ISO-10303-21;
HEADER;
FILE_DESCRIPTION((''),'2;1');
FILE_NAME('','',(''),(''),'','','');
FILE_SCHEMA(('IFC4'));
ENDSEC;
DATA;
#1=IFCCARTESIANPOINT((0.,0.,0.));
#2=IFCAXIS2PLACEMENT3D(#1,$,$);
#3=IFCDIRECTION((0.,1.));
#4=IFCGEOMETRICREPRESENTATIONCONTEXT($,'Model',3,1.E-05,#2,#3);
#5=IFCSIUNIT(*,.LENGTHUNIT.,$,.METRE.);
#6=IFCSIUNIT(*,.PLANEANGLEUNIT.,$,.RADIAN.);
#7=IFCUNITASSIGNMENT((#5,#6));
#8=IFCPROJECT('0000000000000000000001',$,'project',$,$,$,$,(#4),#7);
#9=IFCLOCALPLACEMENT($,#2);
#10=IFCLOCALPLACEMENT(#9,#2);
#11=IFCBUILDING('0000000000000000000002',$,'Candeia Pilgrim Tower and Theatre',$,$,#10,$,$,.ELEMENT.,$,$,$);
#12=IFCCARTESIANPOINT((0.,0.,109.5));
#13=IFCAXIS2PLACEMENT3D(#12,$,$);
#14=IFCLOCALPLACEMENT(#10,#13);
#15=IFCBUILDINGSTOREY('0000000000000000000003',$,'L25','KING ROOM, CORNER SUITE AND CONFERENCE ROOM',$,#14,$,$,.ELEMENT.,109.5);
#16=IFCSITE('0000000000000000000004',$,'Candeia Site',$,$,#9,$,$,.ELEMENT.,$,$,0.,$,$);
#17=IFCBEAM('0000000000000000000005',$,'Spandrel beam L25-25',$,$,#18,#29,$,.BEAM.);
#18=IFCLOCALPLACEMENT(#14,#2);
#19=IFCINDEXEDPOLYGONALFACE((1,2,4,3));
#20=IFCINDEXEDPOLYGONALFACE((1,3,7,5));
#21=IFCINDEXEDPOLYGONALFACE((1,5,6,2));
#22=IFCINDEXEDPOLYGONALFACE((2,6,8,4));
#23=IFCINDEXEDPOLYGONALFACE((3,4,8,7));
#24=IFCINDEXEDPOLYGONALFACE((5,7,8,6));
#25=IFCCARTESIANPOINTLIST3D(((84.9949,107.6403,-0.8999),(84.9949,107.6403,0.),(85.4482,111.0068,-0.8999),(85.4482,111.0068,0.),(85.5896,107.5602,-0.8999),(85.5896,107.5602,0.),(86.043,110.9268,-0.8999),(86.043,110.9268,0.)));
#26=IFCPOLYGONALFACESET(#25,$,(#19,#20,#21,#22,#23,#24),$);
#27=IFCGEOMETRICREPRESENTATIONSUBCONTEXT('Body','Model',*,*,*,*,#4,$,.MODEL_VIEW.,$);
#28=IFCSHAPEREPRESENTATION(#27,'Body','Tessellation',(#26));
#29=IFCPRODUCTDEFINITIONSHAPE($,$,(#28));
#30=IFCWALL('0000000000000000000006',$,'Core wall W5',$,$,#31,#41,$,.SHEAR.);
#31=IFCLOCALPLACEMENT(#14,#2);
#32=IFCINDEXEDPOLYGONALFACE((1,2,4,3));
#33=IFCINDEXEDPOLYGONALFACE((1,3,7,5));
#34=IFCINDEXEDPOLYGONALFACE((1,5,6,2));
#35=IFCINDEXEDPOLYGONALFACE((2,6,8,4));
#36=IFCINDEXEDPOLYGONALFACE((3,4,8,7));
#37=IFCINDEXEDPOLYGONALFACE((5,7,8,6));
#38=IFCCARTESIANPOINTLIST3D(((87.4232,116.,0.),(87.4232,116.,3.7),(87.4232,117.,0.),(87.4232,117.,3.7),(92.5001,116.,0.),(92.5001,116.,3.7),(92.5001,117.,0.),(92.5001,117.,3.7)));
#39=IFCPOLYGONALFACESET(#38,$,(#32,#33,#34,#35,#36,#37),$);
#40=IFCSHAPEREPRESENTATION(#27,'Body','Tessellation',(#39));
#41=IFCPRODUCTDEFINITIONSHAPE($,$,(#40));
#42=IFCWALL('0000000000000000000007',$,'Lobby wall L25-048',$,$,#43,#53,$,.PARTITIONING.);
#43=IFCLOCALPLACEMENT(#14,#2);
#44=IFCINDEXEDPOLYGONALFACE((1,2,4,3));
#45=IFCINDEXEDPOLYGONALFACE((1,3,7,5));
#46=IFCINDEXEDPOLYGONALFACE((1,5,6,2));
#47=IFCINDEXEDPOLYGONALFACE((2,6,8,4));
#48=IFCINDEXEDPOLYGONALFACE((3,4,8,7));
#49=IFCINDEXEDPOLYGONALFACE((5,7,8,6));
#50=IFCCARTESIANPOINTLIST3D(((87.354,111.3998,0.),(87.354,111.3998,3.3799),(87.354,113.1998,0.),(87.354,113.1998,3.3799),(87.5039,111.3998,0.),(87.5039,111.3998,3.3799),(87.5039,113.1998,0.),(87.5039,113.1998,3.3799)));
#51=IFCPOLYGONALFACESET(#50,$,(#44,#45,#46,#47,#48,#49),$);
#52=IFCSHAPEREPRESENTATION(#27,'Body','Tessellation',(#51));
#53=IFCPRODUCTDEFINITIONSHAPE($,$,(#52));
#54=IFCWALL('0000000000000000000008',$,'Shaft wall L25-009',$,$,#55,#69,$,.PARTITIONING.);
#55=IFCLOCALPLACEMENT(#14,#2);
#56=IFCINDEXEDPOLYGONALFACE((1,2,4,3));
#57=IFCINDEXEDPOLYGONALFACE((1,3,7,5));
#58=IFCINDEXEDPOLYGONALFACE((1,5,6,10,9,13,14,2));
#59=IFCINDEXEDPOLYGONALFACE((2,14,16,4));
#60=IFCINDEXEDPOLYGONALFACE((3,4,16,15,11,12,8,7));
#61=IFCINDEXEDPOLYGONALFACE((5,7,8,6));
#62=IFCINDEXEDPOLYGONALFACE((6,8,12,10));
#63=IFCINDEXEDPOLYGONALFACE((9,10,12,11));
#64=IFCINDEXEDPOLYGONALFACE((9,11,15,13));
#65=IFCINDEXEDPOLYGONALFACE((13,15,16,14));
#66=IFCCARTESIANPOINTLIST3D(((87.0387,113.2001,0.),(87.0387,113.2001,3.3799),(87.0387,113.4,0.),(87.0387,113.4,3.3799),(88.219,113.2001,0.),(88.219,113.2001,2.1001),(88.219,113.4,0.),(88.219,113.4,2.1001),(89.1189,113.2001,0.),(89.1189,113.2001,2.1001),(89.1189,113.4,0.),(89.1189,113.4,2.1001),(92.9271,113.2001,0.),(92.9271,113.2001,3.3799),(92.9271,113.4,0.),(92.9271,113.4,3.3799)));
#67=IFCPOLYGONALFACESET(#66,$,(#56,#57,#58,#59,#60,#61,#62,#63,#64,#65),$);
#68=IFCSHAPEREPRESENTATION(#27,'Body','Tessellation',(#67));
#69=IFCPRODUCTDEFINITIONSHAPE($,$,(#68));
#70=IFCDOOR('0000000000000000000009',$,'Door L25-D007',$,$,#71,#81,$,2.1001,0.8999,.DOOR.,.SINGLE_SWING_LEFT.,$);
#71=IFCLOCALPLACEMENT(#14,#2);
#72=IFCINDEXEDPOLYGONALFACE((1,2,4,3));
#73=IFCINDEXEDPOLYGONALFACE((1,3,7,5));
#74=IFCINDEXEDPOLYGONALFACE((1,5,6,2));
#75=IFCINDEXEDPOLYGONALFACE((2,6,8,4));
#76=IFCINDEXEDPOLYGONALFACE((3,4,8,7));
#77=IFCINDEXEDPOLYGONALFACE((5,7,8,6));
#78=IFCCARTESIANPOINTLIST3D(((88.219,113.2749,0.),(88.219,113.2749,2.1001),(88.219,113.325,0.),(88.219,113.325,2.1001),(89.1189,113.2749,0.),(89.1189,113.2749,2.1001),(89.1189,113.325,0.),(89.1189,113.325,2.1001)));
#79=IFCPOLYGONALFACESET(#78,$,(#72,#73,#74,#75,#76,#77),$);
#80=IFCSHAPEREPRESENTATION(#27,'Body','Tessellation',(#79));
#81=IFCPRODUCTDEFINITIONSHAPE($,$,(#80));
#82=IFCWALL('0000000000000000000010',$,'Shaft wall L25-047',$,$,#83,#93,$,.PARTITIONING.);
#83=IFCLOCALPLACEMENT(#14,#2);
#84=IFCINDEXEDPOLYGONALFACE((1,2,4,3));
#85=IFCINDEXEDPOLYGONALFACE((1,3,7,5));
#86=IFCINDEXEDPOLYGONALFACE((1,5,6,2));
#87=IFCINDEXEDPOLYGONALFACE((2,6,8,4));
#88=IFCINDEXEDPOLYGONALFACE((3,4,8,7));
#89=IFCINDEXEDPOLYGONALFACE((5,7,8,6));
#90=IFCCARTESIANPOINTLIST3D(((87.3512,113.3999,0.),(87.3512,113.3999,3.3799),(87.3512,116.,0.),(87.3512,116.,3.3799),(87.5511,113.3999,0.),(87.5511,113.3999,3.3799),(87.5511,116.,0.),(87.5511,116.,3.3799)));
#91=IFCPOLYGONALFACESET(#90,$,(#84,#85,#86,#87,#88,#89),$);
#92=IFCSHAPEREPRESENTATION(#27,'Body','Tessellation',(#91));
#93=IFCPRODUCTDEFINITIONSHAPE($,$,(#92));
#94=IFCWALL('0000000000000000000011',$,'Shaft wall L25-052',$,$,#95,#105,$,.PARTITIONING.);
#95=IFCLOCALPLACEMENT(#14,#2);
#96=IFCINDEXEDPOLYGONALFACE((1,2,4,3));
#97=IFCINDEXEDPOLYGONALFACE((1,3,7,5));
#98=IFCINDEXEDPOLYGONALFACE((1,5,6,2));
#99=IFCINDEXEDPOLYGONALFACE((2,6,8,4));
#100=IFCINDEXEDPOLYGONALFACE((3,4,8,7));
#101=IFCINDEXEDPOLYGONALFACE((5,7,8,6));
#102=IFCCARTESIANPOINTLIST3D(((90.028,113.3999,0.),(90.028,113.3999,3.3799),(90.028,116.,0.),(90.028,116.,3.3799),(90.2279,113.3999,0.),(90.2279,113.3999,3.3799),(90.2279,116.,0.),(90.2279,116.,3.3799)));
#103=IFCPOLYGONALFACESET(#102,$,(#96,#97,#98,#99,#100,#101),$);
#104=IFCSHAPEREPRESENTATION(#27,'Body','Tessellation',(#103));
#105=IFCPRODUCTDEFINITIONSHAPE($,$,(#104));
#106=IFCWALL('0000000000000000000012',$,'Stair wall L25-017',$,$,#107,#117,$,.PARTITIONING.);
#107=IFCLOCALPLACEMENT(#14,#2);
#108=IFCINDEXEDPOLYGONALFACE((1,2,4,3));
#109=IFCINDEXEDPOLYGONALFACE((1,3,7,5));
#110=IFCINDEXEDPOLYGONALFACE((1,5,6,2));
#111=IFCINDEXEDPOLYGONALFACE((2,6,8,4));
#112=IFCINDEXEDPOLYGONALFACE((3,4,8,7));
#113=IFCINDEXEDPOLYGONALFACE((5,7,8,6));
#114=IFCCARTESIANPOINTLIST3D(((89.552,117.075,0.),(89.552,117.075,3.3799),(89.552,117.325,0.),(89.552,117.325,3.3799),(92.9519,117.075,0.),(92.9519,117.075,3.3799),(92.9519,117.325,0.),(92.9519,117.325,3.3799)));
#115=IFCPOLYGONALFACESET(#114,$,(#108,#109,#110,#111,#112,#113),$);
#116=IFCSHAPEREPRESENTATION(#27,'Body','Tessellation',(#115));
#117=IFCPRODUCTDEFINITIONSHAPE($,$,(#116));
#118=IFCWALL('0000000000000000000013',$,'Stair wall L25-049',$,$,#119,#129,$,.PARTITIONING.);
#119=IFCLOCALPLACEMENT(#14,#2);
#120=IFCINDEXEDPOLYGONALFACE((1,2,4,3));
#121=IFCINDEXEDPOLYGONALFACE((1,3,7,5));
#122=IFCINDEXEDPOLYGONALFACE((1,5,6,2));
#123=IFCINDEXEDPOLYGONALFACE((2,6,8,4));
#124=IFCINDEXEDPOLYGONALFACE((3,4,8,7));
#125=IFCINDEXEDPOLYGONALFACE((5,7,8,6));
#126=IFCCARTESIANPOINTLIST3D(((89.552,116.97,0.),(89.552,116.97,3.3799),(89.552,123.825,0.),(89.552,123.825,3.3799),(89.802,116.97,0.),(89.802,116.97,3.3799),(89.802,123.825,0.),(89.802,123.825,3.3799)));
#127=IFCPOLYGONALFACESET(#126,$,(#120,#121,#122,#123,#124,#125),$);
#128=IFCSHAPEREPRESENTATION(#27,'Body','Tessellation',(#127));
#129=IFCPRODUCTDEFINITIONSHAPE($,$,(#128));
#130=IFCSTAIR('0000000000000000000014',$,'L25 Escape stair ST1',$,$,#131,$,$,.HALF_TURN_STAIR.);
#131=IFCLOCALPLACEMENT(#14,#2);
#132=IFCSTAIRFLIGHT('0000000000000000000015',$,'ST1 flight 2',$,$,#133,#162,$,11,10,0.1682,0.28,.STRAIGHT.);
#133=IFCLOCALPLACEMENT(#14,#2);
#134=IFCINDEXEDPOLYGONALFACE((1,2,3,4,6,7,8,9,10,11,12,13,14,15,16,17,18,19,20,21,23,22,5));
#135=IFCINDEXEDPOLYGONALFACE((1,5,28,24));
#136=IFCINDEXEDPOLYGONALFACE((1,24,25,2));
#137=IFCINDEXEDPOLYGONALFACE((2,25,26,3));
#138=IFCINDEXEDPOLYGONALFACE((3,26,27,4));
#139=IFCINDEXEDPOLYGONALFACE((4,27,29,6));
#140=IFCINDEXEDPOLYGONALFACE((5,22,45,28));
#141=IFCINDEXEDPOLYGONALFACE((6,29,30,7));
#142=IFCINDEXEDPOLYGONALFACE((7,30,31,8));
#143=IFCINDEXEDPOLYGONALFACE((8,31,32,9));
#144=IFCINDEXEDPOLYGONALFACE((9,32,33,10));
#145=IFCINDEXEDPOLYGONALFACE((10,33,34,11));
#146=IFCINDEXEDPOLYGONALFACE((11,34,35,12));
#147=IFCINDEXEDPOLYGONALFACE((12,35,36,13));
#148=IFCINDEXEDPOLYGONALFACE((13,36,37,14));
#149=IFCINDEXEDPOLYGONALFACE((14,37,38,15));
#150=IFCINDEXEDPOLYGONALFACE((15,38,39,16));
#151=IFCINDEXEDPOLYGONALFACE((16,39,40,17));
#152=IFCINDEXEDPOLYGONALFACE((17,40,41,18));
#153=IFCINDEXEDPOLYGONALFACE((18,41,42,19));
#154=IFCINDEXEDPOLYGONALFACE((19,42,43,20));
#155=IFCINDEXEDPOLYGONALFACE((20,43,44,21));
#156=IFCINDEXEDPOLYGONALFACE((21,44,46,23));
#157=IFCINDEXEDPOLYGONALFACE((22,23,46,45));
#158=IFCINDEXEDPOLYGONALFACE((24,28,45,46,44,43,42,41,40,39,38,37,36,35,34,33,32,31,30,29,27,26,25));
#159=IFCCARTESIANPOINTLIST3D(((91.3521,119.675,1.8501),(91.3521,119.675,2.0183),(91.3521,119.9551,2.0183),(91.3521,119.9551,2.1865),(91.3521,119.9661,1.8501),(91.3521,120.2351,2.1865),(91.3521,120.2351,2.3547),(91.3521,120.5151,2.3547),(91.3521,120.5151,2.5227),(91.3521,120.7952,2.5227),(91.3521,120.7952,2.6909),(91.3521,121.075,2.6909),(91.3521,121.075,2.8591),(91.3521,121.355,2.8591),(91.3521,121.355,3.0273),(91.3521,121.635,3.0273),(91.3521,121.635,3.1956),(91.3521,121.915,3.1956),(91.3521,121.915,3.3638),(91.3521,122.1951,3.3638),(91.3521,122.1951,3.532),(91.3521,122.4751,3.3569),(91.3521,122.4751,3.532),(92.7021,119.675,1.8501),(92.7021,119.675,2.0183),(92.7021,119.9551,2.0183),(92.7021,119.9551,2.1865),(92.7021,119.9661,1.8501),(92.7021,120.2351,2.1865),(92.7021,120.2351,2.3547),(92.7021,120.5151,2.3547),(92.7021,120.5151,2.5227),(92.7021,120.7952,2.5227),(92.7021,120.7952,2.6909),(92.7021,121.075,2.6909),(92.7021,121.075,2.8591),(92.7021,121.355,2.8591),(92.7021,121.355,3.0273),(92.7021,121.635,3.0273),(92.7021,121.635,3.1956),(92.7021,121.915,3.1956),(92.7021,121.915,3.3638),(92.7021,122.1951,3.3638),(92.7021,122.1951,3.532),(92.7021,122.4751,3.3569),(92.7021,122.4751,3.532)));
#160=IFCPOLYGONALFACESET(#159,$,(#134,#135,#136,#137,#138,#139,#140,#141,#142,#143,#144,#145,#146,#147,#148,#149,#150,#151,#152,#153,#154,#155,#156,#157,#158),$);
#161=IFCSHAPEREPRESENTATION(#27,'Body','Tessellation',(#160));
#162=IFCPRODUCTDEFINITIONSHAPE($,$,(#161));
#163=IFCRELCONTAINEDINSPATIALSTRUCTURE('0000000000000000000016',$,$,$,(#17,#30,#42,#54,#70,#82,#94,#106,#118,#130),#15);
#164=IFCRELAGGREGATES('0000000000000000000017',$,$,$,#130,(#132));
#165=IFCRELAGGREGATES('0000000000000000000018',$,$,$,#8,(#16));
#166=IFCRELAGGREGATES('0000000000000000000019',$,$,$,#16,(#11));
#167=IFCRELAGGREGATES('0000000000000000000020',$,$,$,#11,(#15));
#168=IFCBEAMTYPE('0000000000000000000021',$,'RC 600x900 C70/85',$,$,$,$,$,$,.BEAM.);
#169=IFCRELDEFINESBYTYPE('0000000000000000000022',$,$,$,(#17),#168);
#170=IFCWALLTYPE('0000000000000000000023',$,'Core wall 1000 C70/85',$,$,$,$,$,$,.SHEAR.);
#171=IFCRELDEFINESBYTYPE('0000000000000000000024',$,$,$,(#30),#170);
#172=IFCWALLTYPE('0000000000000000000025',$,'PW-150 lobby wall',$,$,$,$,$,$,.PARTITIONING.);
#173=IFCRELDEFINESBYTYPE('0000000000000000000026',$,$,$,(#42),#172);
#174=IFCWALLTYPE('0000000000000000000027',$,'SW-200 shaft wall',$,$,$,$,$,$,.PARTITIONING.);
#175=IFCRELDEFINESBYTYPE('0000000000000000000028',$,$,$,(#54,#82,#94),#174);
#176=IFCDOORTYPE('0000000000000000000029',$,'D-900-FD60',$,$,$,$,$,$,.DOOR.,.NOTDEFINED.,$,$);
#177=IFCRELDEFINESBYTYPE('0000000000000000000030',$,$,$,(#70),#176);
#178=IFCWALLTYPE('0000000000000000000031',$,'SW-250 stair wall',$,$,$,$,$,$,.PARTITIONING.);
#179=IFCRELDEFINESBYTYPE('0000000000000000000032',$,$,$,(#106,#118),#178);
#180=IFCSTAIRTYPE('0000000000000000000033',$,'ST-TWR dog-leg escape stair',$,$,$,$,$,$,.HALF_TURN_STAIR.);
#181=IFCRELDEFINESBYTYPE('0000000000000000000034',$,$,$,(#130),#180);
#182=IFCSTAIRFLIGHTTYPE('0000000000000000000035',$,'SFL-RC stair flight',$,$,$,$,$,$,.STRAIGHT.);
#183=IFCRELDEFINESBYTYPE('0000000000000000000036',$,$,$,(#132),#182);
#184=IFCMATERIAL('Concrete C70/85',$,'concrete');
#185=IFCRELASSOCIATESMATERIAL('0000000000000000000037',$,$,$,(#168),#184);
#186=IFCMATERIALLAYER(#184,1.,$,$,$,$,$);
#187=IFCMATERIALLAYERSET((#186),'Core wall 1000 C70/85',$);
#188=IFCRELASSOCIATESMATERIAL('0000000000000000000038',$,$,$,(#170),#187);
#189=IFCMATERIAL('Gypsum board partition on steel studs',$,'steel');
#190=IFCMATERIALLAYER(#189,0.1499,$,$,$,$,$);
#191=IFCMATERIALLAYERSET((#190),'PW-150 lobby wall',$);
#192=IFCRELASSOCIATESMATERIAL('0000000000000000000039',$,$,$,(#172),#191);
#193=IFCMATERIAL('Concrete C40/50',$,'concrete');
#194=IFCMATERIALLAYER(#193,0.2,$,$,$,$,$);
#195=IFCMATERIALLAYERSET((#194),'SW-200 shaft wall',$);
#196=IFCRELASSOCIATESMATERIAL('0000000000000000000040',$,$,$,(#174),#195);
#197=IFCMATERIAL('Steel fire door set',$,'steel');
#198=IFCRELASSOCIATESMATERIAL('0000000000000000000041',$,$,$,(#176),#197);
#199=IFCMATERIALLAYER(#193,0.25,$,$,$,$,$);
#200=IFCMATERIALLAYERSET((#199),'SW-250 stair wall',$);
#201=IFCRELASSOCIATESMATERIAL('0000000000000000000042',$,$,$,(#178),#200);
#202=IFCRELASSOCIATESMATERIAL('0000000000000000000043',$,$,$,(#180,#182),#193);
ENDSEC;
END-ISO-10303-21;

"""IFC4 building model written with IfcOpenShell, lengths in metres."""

from ifc_helpers import new_model, si_unit, direction, frame, frame_2d, origin, origin_2d, place, context, subcontext, project, spatial, polyline, rectangle, outline, extrude, material, layer, layer_set, material_profile, profile_set, type_object, element, fill, aggregate, save


model = new_model("IFC4")

# Units and contexts
model_context = context("Model", 3, precision=1e-05, world=origin(), true_north=direction((0.0, 1.0)))
body_context = subcontext(model_context, "Body", "Model", "MODEL_VIEW")
ifc_project = project(units=[si_unit("LENGTHUNIT", "METRE"), si_unit("PLANEANGLEUNIT", "RADIAN")], contexts=[model_context])

# Site, building, storey
site_placement = place(None, origin())
site = spatial("IfcSite", under=ifc_project, at=site_placement, Name="Candeia Site", CompositionType="ELEMENT", RefElevation=0.0)
building_placement = place(site_placement, origin())
building = spatial("IfcBuilding", under=site, at=building_placement, Name="Candeia Pilgrim Tower and Theatre", CompositionType="ELEMENT")
storey_placement = place(building_placement, frame((0.0, 0.0, 109.5)))
storey = spatial("IfcBuildingStorey", under=building, at=storey_placement, Name="L25", Description="KING ROOM, CORNER SUITE AND CONFERENCE ROOM", CompositionType="ELEMENT", Elevation=109.5)

# Beam
ifc_material_1 = material(Name="Concrete C70/85", Category="concrete")
ifc_material_profile = material_profile(ifc_material_1, rectangle(XDim=0.6001, YDim=0.8999, at=origin_2d()))
ifc_profile_set = profile_set([ifc_material_profile], Name="Concrete C70/85")
beam_type = type_object("IfcBeamType", Name="RC 600x900 C70/85", PredefinedType="BEAM", material=ifc_profile_set)
beam_placement = place(storey_placement, frame((85.7456, 110.9668, -0.45), z_axis=(-0.133458, -0.991054, 0.0), x_axis=(0.991054, -0.133458, 0.0)))
element("IfcBeam", 1, at=beam_placement, inside=storey, type_object=beam_type, Name="Spandrel beam L25-25", PredefinedType="BEAM", context=body_context, shape_type="SweptSolid", body=[
    extrude(rectangle(XDim=0.6001, YDim=0.8999, at=origin_2d()), origin(), (0.0, 0.0, 1.0), 3.397),
])

# Walls
ifc_layer_1 = layer(ifc_material_1, 1.0)
ifc_layer_set_1 = layer_set([ifc_layer_1], Name="Core wall 1000 C70/85")
wall_type_1 = type_object("IfcWallType", Name="Core wall 1000 C70/85", PredefinedType="SHEAR", material=ifc_layer_set_1)
wall_1_placement = place(storey_placement, frame((87.4231, 116.5, 0.0), z_axis=(0.0, 0.0, 1.0), x_axis=(1.0, 0.0, 0.0)))
element("IfcWall", 2, at=wall_1_placement, inside=storey, type_object=wall_type_1, Name="Core wall W5", PredefinedType="SHEAR", context=body_context, shape_type="SweptSolid", body=[
    extrude(rectangle(XDim=5.0769, YDim=1.0, at=frame_2d((2.5386, 0.0))), origin(), (0.0, 0.0, 1.0), 3.7),
])
ifc_material_2 = material(Name="Gypsum board partition on steel studs", Category="steel")
ifc_layer_2 = layer(ifc_material_2, 0.1499)
ifc_layer_set_2 = layer_set([ifc_layer_2], Name="PW-150 lobby wall")
wall_type_2 = type_object("IfcWallType", Name="PW-150 lobby wall", PredefinedType="PARTITIONING", material=ifc_layer_set_2)
wall_2_placement = place(storey_placement, frame((87.429, 111.3999, 0.0), z_axis=(0.0, 0.0, 1.0), x_axis=(0.0, 1.0, 0.0)))
element("IfcWall", 3, at=wall_2_placement, inside=storey, type_object=wall_type_2, Name="Lobby wall L25-048", PredefinedType="PARTITIONING", context=body_context, shape_type="SweptSolid", body=[
    extrude(rectangle(XDim=1.8, YDim=0.1499, at=frame_2d((0.8999, 0.0))), origin(), (0.0, 0.0, 1.0), 3.3799),
])

# Wall, opening, door
ifc_material_3 = material(Name="Concrete C40/50", Category="concrete")
ifc_layer_3 = layer(ifc_material_3, 0.2)
ifc_layer_set_3 = layer_set([ifc_layer_3], Name="SW-200 shaft wall")
wall_type_3 = type_object("IfcWallType", Name="SW-200 shaft wall", PredefinedType="PARTITIONING", material=ifc_layer_set_3)
wall_3_placement = place(storey_placement, frame((87.0386, 113.3, 0.0), z_axis=(0.0, 0.0, 1.0), x_axis=(1.0, 0.0, 0.0)))
wall_3 = element("IfcWall", 4, at=wall_3_placement, inside=storey, type_object=wall_type_3, Name="Shaft wall L25-009", PredefinedType="PARTITIONING", context=body_context, shape_type="SweptSolid", body=[
    extrude(rectangle(XDim=5.8884, YDim=0.2, at=frame_2d((2.9443, 0.0))), origin(), (0.0, 0.0, 1.0), 3.3799),
])
opening_placement = place(wall_3_placement, frame((1.1804, 0.0, 0.0)))
opening = element("IfcOpeningElement", 5, at=opening_placement, cuts=wall_3, PredefinedType="OPENING", context=body_context, shape_type="SweptSolid", body=[
    extrude(rectangle(XDim=0.8999, YDim=2.1001, at=frame_2d((0.45, 1.05))), frame((0.0, 0.1099, 0.0), z_axis=(0.0, -1.0, 0.0), x_axis=(1.0, 0.0, 0.0)), (0.0, 0.0, 1.0), 0.22),
])
ifc_material_4 = material(Name="Steel fire door set", Category="steel")
door_type = type_object("IfcDoorType", Name="D-900-FD60", OperationType="NOTDEFINED", PredefinedType="DOOR", material=ifc_material_4)
door_placement = place(opening_placement, origin())
door = element("IfcDoor", 6, at=door_placement, inside=storey, type_object=door_type, Name="Door L25-D007", OperationType="SINGLE_SWING_LEFT", OverallHeight=2.1001, OverallWidth=0.8999, PredefinedType="DOOR", context=body_context, shape_type="SweptSolid", body=[
    extrude(rectangle(XDim=0.8999, YDim=2.1001, at=frame_2d((0.45, 1.05))), frame((0.0, 0.0249, 0.0), z_axis=(0.0, -1.0, 0.0), x_axis=(1.0, 0.0, 0.0)), (0.0, 0.0, 1.0), 0.05),
])
fill(opening, door)

# Walls
for number, where, z_axis, x_axis, name in (
    (7, (87.4512, 113.3999, 0.0), (0.0, 0.0, 1.0), (0.0, 1.0, 0.0), "Shaft wall L25-047"),
    (8, (90.1279, 113.3999, 0.0), (0.0, 0.0, 1.0), (0.0, 1.0, 0.0), "Shaft wall L25-052"),
):
    element("IfcWall", number, at=place(storey_placement, frame(where, z_axis=z_axis, x_axis=x_axis)), inside=storey, type_object=wall_type_3, Name=name, PredefinedType="PARTITIONING", context=body_context, shape_type="SweptSolid", body=[
        extrude(rectangle(XDim=2.6001, YDim=0.2, at=frame_2d((1.3, 0.0))), origin(), (0.0, 0.0, 1.0), 3.3799),
    ])
ifc_layer_4 = layer(ifc_material_3, 0.25)
ifc_layer_set_4 = layer_set([ifc_layer_4], Name="SW-250 stair wall")
wall_type_4 = type_object("IfcWallType", Name="SW-250 stair wall", PredefinedType="PARTITIONING", material=ifc_layer_set_4)
wall_4_placement = place(storey_placement, frame((89.552, 117.2, 0.0), z_axis=(0.0, 0.0, 1.0), x_axis=(1.0, 0.0, 0.0)))
element("IfcWall", 9, at=wall_4_placement, inside=storey, type_object=wall_type_4, Name="Stair wall L25-017", PredefinedType="PARTITIONING", context=body_context, shape_type="SweptSolid", body=[
    extrude(rectangle(XDim=3.3999, YDim=0.25, at=frame_2d((1.7, 0.0))), origin(), (0.0, 0.0, 1.0), 3.3799),
])
wall_5_placement = place(storey_placement, frame((89.677, 116.97, 0.0), z_axis=(0.0, 0.0, 1.0), x_axis=(0.0, 1.0, 0.0)))
element("IfcWall", 10, at=wall_5_placement, inside=storey, type_object=wall_type_4, Name="Stair wall L25-049", PredefinedType="PARTITIONING", context=body_context, shape_type="SweptSolid", body=[
    extrude(rectangle(XDim=6.855, YDim=0.25, at=frame_2d((3.4275, 0.0))), origin(), (0.0, 0.0, 1.0), 3.3799),
])

# Stair, stair flight
stair_type = type_object("IfcStairType", Name="ST-TWR dog-leg escape stair", PredefinedType="HALF_TURN_STAIR", material=ifc_material_3)
stair_placement = place(storey_placement, origin())
stair = element("IfcStair", 11, at=stair_placement, inside=storey, type_object=stair_type, Name="L25 Escape stair ST1", PredefinedType="HALF_TURN_STAIR")
stair_flight_type = type_object("IfcStairFlightType", Name="SFL-RC stair flight", PredefinedType="STRAIGHT", material=ifc_material_3)
stair_flight_placement = place(storey_placement, frame((92.0271, 119.675, 1.8501), z_axis=(0.0, 0.0, 1.0), x_axis=(0.0, 1.0, 0.0)))
stair_flight = element("IfcStairFlight", 12, at=stair_flight_placement, type_object=stair_flight_type, Name="ST1 flight 2", NumberOfRisers=11, NumberOfTreads=10, PredefinedType="STRAIGHT", RiserHeight=0.1682, TreadLength=0.28, context=body_context, shape_type="SweptSolid", body=[
    extrude(outline(polyline([(0.0, 0.0), (0.0, 0.1682), (0.28, 0.1682), (0.28, 0.3364), (0.5601, 0.3364), (0.5601, 0.5046), (0.8401, 0.5046), (0.8401, 0.6726), (1.1201, 0.6726), (1.1201, 0.8408), (1.3999, 0.8408), (1.3999, 1.009), (1.6799, 1.009), (1.6799, 1.1772), (1.96, 1.1772), (1.96, 1.3455), (2.24, 1.3455), (2.24, 1.5137), (2.52, 1.5137), (2.52, 1.6819), (2.8, 1.6819), (2.8, 1.8501), (2.8, 1.5068), (0.291, 0.0), (0.0, 0.0)])), frame((0.0, 0.675, 0.0), z_axis=(0.0, -1.0, 0.0), x_axis=(1.0, 0.0, 0.0)), (0.0, 0.0, 1.0), 1.3501),
])
aggregate(stair, [stair_flight])

save(model, "model.ifc")
